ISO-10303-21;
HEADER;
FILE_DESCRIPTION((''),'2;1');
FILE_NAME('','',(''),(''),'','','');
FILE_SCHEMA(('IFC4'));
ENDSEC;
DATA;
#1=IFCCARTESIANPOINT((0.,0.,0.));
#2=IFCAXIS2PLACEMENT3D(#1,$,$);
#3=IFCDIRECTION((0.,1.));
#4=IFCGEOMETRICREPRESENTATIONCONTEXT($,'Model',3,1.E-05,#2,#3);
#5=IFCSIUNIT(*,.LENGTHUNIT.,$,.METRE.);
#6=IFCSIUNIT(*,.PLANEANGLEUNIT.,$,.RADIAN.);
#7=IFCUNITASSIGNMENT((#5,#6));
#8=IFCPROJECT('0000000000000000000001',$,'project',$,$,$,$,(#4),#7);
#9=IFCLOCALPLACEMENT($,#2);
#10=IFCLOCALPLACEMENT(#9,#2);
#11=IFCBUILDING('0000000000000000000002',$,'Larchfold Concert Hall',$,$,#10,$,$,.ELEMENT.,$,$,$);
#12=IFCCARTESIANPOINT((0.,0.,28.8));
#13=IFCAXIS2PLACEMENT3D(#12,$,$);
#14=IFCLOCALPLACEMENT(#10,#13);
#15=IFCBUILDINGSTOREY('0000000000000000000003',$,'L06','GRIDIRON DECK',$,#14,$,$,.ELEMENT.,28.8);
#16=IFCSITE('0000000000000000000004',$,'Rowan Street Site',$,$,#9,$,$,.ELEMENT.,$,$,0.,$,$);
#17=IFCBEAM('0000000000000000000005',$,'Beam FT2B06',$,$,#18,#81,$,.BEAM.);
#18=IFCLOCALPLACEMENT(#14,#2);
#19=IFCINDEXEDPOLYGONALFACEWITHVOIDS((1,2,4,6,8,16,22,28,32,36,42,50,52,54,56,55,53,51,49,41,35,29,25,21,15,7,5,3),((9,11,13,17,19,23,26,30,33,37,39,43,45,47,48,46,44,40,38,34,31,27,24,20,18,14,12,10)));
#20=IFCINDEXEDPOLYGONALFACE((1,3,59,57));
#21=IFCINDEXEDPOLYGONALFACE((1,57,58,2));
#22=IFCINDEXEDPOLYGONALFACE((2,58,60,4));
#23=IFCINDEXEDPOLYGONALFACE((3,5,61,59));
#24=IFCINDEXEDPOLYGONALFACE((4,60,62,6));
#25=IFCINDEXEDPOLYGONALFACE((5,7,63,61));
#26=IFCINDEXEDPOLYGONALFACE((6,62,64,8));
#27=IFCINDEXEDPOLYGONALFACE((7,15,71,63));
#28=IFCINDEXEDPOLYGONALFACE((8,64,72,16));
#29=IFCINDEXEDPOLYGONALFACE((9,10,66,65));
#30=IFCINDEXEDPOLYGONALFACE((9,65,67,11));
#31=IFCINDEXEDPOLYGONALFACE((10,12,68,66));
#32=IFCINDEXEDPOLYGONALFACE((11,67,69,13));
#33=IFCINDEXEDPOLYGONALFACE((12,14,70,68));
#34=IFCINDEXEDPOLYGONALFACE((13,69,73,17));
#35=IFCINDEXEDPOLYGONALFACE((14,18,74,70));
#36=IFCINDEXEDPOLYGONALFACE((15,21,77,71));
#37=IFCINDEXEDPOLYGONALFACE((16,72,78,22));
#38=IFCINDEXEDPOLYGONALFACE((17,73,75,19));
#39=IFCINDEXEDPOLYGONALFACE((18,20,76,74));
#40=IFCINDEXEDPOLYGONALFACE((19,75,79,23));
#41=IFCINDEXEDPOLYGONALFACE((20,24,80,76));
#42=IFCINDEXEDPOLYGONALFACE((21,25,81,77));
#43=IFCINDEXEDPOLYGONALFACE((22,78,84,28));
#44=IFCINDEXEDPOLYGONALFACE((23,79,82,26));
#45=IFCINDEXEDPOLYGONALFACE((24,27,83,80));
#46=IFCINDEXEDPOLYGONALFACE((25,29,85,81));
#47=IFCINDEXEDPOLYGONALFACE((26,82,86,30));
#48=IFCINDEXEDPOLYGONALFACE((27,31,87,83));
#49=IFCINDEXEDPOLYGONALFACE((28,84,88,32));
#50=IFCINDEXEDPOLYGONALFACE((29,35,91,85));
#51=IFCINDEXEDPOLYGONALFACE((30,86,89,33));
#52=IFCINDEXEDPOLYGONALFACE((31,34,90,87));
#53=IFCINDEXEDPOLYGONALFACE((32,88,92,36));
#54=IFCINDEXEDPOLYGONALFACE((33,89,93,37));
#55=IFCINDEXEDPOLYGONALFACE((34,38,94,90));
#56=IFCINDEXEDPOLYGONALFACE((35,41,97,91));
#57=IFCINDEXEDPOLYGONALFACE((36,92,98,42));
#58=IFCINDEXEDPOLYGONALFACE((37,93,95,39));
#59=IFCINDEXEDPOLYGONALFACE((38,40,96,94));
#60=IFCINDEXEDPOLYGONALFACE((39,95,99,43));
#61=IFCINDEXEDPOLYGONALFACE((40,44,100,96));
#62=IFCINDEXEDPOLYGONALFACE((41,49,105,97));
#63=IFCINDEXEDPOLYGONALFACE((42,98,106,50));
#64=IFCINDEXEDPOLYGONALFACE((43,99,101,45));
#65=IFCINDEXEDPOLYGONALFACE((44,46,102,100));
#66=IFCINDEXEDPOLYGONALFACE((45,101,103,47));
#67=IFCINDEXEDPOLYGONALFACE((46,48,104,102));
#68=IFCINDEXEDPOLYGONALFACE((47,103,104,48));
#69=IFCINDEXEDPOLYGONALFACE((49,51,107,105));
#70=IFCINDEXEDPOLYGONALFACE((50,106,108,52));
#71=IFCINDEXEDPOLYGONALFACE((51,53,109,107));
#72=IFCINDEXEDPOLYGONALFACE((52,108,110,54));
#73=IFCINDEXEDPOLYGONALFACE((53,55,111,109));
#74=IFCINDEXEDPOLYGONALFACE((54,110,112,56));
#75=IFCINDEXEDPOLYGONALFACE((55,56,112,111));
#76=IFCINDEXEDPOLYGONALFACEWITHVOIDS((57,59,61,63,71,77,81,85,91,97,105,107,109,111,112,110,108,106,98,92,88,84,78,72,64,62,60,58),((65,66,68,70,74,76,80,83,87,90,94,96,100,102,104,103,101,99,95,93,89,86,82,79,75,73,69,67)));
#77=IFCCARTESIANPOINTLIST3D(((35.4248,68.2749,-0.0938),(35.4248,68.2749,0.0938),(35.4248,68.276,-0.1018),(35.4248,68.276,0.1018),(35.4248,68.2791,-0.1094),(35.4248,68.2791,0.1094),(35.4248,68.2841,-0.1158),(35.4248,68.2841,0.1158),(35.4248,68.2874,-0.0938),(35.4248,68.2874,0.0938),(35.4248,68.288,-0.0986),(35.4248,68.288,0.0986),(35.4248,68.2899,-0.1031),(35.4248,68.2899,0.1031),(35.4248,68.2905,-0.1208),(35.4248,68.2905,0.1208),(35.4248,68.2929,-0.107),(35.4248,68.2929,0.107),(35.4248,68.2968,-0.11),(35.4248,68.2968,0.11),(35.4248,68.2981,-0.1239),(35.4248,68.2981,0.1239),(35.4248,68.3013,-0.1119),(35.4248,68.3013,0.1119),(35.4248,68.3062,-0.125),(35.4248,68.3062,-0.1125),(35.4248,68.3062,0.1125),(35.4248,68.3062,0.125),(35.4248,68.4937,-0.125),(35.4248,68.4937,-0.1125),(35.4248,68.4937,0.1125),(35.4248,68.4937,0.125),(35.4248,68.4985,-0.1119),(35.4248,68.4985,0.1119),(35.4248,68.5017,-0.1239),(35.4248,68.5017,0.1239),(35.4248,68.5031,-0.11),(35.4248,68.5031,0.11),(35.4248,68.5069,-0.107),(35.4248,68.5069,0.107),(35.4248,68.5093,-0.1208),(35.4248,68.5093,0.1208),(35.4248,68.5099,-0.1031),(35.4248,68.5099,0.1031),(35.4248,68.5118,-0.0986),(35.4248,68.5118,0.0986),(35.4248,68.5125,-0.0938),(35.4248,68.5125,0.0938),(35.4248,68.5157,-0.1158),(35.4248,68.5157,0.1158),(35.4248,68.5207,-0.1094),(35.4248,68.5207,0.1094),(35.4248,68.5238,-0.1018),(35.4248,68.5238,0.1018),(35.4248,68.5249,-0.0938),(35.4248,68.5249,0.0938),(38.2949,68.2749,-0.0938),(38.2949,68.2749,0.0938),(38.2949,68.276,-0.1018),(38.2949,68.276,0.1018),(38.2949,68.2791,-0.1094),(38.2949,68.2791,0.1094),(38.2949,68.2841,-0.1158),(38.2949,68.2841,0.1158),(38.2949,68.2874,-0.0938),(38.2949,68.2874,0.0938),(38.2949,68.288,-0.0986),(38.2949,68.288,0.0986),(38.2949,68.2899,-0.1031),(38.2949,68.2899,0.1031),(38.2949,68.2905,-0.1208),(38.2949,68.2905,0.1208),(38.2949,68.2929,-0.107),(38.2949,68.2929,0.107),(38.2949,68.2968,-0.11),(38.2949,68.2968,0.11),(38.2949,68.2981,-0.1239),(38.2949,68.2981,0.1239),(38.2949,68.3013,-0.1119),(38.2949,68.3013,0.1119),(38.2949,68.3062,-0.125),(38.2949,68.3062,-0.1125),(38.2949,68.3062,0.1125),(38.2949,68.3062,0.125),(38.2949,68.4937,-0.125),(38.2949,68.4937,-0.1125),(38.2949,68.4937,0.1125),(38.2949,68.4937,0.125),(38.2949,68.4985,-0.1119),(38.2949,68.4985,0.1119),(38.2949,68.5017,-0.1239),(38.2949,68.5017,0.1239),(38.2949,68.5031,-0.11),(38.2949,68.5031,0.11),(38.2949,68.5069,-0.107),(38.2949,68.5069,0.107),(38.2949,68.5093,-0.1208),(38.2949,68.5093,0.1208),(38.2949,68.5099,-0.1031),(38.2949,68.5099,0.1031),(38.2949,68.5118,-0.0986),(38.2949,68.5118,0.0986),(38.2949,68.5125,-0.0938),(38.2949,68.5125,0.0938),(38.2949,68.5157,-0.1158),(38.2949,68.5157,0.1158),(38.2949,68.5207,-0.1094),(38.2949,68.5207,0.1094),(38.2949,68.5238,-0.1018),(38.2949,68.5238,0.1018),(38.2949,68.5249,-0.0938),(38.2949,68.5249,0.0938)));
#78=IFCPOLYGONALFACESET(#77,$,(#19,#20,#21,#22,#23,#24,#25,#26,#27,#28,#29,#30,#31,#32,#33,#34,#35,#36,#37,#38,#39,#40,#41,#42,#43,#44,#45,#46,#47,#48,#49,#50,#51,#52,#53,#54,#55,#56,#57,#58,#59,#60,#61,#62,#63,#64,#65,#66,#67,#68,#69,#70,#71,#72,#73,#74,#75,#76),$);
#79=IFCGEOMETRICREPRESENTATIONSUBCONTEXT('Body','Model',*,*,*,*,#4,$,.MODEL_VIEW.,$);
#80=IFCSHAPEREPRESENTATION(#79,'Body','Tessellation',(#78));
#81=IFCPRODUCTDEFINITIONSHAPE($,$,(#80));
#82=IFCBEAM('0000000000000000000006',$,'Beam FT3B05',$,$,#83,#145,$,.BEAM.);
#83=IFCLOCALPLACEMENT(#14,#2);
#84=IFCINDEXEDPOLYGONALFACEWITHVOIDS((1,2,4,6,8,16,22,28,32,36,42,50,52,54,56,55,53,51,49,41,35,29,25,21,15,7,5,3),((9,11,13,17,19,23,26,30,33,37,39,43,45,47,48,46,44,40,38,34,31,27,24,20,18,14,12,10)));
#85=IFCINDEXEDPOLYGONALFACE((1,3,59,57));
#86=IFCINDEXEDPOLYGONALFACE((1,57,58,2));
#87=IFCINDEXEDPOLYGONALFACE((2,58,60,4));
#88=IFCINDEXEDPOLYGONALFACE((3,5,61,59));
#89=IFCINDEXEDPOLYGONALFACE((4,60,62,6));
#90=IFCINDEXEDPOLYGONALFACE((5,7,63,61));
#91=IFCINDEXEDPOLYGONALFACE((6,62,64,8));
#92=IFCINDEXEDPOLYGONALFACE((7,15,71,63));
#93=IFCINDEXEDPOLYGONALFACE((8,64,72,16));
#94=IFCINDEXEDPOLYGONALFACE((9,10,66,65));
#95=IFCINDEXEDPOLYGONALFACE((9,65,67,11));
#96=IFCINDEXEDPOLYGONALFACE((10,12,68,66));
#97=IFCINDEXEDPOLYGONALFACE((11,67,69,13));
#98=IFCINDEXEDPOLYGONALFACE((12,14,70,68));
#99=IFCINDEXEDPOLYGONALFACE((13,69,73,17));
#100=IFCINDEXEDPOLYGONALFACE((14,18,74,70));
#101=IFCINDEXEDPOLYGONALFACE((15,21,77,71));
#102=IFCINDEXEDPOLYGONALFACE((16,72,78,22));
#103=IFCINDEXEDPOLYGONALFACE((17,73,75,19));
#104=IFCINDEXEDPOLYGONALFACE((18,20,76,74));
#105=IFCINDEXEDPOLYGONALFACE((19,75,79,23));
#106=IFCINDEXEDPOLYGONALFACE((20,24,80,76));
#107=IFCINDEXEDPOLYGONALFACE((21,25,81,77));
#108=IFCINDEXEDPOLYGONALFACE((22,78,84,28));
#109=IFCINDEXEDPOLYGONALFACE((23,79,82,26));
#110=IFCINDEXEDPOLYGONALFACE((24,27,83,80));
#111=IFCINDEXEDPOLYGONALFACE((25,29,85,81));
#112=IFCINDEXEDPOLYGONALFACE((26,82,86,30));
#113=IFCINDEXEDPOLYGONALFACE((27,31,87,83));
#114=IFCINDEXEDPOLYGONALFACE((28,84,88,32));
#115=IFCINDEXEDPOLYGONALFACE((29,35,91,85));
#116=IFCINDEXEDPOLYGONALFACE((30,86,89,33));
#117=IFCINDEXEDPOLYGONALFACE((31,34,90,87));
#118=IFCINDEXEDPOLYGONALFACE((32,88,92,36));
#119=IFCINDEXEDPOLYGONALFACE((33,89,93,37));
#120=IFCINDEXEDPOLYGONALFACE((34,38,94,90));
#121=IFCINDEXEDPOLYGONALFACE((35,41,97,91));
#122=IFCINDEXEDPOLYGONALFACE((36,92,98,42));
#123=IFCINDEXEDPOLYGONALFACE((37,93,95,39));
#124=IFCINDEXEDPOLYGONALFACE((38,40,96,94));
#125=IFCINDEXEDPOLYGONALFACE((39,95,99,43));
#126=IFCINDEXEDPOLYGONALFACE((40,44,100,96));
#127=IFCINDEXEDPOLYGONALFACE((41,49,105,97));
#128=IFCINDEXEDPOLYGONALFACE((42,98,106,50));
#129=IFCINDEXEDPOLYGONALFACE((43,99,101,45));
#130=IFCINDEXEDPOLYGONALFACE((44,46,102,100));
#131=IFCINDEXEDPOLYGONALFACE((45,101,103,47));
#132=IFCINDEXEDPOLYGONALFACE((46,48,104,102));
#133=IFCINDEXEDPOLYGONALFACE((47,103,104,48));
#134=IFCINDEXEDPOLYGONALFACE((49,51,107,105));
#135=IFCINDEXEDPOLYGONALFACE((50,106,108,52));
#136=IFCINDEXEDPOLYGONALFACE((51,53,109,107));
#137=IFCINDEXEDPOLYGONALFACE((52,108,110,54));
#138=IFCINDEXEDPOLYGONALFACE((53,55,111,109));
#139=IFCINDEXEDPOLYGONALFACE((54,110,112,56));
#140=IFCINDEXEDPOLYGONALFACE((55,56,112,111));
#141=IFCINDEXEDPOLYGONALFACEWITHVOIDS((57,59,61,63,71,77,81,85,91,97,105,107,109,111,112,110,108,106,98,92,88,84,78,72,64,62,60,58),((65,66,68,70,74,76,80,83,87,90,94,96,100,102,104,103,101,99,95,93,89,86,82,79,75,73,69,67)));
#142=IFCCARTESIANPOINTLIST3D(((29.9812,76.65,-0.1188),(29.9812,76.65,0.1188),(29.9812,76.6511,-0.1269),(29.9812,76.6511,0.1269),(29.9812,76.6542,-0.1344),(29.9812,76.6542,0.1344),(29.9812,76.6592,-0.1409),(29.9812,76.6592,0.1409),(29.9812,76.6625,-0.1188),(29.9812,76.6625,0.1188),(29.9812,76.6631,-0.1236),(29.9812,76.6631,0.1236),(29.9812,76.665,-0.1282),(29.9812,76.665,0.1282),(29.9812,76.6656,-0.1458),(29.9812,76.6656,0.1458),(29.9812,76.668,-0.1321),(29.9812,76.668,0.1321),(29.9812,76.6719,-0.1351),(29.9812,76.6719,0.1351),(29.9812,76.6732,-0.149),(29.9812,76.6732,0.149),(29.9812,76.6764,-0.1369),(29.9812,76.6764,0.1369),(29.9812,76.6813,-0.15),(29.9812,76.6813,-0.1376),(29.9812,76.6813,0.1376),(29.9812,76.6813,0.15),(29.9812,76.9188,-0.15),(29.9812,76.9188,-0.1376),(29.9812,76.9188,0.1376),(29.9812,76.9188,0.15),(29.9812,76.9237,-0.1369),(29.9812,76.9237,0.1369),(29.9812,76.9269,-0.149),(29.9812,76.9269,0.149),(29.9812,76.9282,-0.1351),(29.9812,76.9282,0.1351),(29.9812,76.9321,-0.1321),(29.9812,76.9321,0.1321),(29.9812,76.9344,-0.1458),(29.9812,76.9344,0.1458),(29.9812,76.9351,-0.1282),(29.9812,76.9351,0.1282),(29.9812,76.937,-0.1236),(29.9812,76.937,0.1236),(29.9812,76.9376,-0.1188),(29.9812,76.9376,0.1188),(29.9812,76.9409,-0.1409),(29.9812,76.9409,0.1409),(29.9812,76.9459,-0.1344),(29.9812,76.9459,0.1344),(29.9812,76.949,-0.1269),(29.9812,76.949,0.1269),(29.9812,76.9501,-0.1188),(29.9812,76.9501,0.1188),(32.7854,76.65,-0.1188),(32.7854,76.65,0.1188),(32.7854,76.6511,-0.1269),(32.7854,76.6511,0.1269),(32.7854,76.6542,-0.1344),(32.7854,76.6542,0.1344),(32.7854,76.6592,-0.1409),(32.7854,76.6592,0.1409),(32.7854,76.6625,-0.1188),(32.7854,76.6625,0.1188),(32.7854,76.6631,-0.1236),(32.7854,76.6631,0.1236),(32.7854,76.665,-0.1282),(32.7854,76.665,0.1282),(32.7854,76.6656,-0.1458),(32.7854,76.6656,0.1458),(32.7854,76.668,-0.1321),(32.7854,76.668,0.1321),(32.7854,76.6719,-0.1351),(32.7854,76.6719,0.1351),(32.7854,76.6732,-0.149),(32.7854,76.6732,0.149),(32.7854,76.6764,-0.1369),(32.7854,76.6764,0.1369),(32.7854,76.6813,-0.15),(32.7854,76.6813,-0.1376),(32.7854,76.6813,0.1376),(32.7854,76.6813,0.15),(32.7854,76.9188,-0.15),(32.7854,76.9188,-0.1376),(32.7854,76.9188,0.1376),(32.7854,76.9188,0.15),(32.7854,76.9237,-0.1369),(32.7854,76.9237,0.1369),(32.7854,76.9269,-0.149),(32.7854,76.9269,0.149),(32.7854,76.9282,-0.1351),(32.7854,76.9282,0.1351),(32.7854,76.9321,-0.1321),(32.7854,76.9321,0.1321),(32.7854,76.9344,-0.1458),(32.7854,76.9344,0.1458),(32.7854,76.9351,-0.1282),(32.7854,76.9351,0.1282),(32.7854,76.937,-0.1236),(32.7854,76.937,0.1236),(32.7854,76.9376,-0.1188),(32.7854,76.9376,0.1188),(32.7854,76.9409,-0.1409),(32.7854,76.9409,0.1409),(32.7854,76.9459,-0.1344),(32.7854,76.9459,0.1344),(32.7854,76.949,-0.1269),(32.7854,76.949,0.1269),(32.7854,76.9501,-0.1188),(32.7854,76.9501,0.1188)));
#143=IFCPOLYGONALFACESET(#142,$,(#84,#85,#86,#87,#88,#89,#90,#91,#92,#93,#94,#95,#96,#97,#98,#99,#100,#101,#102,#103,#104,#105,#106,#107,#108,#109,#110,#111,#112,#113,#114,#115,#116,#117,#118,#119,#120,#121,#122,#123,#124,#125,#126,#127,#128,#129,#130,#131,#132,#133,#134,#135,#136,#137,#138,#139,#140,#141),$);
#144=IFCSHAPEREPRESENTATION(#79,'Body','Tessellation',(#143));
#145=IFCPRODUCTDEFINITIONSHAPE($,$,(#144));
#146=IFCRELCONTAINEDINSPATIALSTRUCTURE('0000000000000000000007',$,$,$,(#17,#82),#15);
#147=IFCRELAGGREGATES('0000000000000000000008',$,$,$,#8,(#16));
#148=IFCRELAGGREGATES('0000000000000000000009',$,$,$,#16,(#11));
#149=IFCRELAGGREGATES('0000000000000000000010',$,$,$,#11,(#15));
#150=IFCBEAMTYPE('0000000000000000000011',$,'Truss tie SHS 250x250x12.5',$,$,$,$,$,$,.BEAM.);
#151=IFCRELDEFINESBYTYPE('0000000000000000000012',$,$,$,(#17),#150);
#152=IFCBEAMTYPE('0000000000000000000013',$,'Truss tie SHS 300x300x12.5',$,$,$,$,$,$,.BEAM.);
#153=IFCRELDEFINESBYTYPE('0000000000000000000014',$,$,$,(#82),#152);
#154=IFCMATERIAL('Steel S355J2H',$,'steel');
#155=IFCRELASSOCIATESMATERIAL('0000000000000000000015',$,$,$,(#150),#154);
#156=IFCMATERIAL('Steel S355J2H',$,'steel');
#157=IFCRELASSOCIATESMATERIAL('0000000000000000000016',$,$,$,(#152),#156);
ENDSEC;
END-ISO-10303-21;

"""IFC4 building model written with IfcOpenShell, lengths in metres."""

from ifc_helpers import new_model, si_unit, direction, frame, origin, origin_2d, place, context, subcontext, project, spatial, hollow_rectangle, extrude, material, material_profile, profile_set, type_object, element, save


model = new_model("IFC4")

# Units and contexts
model_context = context("Model", 3, precision=1e-05, world=origin(), true_north=direction((0.0, 1.0)))
body_context = subcontext(model_context, "Body", "Model", "MODEL_VIEW")
ifc_project = project(units=[si_unit("LENGTHUNIT", "METRE"), si_unit("PLANEANGLEUNIT", "RADIAN")], contexts=[model_context])

# Site, building, storey
site_placement = place(None, origin())
site = spatial("IfcSite", under=ifc_project, at=site_placement, Name="Rowan Street Site", CompositionType="ELEMENT", RefElevation=0.0)
building_placement = place(site_placement, origin())
building = spatial("IfcBuilding", under=site, at=building_placement, Name="Larchfold Concert Hall", CompositionType="ELEMENT")
storey_placement = place(building_placement, frame((0.0, 0.0, 28.8)))
storey = spatial("IfcBuildingStorey", under=building, at=storey_placement, Name="L06", Description="GRIDIRON DECK", CompositionType="ELEMENT", Elevation=28.8)

# Beams
ifc_material_1 = material(Name="Steel S355J2H", Category="steel")
ifc_material_profile_1 = material_profile(ifc_material_1, hollow_rectangle(XDim=0.25, YDim=0.25, WallThickness=0.0125, InnerFilletRadius=0.0188, OuterFilletRadius=0.0312, at=origin_2d()))
ifc_profile_set_1 = profile_set([ifc_material_profile_1], Name="Steel S355J2H")
beam_type_1 = type_object("IfcBeamType", Name="Truss tie SHS 250x250x12.5", PredefinedType="BEAM", material=ifc_profile_set_1)
beam_1_placement = place(storey_placement, frame((35.4248, 68.3999, 0.0), z_axis=(1.0, 0.0, 0.0), x_axis=(0.0, 1.0, 0.0)))
element("IfcBeam", 1, at=beam_1_placement, inside=storey, type_object=beam_type_1, Name="Beam FT2B06", PredefinedType="BEAM", context=body_context, shape_type="SweptSolid", body=[
    extrude(hollow_rectangle(XDim=0.25, YDim=0.25, WallThickness=0.0125, InnerFilletRadius=0.0188, OuterFilletRadius=0.0312, at=origin_2d()), origin(), (0.0, 0.0, 1.0), 2.8701),
])
ifc_material_2 = material(Name="Steel S355J2H", Category="steel")
ifc_material_profile_2 = material_profile(ifc_material_2, hollow_rectangle(XDim=0.3, YDim=0.3, WallThickness=0.0125, InnerFilletRadius=0.0188, OuterFilletRadius=0.0312, at=origin_2d()))
ifc_profile_set_2 = profile_set([ifc_material_profile_2], Name="Steel S355J2H")
beam_type_2 = type_object("IfcBeamType", Name="Truss tie SHS 300x300x12.5", PredefinedType="BEAM", material=ifc_profile_set_2)
for number, where, z_axis, x_axis, name in (
    (2, (29.9812, 76.8, 0.0), (1.0, 0.0, 0.0), (0.0, 1.0, 0.0), "Beam FT3B05"),
):
    element("IfcBeam", number, at=place(storey_placement, frame(where, z_axis=z_axis, x_axis=x_axis)), inside=storey, type_object=beam_type_2, Name=name, PredefinedType="BEAM", context=body_context, shape_type="SweptSolid", body=[
        extrude(hollow_rectangle(XDim=0.3, YDim=0.3, WallThickness=0.0125, InnerFilletRadius=0.0188, OuterFilletRadius=0.0312, at=origin_2d()), origin(), (0.0, 0.0, 1.0), 2.8042),
    ])

save(model, "model.ifc")
